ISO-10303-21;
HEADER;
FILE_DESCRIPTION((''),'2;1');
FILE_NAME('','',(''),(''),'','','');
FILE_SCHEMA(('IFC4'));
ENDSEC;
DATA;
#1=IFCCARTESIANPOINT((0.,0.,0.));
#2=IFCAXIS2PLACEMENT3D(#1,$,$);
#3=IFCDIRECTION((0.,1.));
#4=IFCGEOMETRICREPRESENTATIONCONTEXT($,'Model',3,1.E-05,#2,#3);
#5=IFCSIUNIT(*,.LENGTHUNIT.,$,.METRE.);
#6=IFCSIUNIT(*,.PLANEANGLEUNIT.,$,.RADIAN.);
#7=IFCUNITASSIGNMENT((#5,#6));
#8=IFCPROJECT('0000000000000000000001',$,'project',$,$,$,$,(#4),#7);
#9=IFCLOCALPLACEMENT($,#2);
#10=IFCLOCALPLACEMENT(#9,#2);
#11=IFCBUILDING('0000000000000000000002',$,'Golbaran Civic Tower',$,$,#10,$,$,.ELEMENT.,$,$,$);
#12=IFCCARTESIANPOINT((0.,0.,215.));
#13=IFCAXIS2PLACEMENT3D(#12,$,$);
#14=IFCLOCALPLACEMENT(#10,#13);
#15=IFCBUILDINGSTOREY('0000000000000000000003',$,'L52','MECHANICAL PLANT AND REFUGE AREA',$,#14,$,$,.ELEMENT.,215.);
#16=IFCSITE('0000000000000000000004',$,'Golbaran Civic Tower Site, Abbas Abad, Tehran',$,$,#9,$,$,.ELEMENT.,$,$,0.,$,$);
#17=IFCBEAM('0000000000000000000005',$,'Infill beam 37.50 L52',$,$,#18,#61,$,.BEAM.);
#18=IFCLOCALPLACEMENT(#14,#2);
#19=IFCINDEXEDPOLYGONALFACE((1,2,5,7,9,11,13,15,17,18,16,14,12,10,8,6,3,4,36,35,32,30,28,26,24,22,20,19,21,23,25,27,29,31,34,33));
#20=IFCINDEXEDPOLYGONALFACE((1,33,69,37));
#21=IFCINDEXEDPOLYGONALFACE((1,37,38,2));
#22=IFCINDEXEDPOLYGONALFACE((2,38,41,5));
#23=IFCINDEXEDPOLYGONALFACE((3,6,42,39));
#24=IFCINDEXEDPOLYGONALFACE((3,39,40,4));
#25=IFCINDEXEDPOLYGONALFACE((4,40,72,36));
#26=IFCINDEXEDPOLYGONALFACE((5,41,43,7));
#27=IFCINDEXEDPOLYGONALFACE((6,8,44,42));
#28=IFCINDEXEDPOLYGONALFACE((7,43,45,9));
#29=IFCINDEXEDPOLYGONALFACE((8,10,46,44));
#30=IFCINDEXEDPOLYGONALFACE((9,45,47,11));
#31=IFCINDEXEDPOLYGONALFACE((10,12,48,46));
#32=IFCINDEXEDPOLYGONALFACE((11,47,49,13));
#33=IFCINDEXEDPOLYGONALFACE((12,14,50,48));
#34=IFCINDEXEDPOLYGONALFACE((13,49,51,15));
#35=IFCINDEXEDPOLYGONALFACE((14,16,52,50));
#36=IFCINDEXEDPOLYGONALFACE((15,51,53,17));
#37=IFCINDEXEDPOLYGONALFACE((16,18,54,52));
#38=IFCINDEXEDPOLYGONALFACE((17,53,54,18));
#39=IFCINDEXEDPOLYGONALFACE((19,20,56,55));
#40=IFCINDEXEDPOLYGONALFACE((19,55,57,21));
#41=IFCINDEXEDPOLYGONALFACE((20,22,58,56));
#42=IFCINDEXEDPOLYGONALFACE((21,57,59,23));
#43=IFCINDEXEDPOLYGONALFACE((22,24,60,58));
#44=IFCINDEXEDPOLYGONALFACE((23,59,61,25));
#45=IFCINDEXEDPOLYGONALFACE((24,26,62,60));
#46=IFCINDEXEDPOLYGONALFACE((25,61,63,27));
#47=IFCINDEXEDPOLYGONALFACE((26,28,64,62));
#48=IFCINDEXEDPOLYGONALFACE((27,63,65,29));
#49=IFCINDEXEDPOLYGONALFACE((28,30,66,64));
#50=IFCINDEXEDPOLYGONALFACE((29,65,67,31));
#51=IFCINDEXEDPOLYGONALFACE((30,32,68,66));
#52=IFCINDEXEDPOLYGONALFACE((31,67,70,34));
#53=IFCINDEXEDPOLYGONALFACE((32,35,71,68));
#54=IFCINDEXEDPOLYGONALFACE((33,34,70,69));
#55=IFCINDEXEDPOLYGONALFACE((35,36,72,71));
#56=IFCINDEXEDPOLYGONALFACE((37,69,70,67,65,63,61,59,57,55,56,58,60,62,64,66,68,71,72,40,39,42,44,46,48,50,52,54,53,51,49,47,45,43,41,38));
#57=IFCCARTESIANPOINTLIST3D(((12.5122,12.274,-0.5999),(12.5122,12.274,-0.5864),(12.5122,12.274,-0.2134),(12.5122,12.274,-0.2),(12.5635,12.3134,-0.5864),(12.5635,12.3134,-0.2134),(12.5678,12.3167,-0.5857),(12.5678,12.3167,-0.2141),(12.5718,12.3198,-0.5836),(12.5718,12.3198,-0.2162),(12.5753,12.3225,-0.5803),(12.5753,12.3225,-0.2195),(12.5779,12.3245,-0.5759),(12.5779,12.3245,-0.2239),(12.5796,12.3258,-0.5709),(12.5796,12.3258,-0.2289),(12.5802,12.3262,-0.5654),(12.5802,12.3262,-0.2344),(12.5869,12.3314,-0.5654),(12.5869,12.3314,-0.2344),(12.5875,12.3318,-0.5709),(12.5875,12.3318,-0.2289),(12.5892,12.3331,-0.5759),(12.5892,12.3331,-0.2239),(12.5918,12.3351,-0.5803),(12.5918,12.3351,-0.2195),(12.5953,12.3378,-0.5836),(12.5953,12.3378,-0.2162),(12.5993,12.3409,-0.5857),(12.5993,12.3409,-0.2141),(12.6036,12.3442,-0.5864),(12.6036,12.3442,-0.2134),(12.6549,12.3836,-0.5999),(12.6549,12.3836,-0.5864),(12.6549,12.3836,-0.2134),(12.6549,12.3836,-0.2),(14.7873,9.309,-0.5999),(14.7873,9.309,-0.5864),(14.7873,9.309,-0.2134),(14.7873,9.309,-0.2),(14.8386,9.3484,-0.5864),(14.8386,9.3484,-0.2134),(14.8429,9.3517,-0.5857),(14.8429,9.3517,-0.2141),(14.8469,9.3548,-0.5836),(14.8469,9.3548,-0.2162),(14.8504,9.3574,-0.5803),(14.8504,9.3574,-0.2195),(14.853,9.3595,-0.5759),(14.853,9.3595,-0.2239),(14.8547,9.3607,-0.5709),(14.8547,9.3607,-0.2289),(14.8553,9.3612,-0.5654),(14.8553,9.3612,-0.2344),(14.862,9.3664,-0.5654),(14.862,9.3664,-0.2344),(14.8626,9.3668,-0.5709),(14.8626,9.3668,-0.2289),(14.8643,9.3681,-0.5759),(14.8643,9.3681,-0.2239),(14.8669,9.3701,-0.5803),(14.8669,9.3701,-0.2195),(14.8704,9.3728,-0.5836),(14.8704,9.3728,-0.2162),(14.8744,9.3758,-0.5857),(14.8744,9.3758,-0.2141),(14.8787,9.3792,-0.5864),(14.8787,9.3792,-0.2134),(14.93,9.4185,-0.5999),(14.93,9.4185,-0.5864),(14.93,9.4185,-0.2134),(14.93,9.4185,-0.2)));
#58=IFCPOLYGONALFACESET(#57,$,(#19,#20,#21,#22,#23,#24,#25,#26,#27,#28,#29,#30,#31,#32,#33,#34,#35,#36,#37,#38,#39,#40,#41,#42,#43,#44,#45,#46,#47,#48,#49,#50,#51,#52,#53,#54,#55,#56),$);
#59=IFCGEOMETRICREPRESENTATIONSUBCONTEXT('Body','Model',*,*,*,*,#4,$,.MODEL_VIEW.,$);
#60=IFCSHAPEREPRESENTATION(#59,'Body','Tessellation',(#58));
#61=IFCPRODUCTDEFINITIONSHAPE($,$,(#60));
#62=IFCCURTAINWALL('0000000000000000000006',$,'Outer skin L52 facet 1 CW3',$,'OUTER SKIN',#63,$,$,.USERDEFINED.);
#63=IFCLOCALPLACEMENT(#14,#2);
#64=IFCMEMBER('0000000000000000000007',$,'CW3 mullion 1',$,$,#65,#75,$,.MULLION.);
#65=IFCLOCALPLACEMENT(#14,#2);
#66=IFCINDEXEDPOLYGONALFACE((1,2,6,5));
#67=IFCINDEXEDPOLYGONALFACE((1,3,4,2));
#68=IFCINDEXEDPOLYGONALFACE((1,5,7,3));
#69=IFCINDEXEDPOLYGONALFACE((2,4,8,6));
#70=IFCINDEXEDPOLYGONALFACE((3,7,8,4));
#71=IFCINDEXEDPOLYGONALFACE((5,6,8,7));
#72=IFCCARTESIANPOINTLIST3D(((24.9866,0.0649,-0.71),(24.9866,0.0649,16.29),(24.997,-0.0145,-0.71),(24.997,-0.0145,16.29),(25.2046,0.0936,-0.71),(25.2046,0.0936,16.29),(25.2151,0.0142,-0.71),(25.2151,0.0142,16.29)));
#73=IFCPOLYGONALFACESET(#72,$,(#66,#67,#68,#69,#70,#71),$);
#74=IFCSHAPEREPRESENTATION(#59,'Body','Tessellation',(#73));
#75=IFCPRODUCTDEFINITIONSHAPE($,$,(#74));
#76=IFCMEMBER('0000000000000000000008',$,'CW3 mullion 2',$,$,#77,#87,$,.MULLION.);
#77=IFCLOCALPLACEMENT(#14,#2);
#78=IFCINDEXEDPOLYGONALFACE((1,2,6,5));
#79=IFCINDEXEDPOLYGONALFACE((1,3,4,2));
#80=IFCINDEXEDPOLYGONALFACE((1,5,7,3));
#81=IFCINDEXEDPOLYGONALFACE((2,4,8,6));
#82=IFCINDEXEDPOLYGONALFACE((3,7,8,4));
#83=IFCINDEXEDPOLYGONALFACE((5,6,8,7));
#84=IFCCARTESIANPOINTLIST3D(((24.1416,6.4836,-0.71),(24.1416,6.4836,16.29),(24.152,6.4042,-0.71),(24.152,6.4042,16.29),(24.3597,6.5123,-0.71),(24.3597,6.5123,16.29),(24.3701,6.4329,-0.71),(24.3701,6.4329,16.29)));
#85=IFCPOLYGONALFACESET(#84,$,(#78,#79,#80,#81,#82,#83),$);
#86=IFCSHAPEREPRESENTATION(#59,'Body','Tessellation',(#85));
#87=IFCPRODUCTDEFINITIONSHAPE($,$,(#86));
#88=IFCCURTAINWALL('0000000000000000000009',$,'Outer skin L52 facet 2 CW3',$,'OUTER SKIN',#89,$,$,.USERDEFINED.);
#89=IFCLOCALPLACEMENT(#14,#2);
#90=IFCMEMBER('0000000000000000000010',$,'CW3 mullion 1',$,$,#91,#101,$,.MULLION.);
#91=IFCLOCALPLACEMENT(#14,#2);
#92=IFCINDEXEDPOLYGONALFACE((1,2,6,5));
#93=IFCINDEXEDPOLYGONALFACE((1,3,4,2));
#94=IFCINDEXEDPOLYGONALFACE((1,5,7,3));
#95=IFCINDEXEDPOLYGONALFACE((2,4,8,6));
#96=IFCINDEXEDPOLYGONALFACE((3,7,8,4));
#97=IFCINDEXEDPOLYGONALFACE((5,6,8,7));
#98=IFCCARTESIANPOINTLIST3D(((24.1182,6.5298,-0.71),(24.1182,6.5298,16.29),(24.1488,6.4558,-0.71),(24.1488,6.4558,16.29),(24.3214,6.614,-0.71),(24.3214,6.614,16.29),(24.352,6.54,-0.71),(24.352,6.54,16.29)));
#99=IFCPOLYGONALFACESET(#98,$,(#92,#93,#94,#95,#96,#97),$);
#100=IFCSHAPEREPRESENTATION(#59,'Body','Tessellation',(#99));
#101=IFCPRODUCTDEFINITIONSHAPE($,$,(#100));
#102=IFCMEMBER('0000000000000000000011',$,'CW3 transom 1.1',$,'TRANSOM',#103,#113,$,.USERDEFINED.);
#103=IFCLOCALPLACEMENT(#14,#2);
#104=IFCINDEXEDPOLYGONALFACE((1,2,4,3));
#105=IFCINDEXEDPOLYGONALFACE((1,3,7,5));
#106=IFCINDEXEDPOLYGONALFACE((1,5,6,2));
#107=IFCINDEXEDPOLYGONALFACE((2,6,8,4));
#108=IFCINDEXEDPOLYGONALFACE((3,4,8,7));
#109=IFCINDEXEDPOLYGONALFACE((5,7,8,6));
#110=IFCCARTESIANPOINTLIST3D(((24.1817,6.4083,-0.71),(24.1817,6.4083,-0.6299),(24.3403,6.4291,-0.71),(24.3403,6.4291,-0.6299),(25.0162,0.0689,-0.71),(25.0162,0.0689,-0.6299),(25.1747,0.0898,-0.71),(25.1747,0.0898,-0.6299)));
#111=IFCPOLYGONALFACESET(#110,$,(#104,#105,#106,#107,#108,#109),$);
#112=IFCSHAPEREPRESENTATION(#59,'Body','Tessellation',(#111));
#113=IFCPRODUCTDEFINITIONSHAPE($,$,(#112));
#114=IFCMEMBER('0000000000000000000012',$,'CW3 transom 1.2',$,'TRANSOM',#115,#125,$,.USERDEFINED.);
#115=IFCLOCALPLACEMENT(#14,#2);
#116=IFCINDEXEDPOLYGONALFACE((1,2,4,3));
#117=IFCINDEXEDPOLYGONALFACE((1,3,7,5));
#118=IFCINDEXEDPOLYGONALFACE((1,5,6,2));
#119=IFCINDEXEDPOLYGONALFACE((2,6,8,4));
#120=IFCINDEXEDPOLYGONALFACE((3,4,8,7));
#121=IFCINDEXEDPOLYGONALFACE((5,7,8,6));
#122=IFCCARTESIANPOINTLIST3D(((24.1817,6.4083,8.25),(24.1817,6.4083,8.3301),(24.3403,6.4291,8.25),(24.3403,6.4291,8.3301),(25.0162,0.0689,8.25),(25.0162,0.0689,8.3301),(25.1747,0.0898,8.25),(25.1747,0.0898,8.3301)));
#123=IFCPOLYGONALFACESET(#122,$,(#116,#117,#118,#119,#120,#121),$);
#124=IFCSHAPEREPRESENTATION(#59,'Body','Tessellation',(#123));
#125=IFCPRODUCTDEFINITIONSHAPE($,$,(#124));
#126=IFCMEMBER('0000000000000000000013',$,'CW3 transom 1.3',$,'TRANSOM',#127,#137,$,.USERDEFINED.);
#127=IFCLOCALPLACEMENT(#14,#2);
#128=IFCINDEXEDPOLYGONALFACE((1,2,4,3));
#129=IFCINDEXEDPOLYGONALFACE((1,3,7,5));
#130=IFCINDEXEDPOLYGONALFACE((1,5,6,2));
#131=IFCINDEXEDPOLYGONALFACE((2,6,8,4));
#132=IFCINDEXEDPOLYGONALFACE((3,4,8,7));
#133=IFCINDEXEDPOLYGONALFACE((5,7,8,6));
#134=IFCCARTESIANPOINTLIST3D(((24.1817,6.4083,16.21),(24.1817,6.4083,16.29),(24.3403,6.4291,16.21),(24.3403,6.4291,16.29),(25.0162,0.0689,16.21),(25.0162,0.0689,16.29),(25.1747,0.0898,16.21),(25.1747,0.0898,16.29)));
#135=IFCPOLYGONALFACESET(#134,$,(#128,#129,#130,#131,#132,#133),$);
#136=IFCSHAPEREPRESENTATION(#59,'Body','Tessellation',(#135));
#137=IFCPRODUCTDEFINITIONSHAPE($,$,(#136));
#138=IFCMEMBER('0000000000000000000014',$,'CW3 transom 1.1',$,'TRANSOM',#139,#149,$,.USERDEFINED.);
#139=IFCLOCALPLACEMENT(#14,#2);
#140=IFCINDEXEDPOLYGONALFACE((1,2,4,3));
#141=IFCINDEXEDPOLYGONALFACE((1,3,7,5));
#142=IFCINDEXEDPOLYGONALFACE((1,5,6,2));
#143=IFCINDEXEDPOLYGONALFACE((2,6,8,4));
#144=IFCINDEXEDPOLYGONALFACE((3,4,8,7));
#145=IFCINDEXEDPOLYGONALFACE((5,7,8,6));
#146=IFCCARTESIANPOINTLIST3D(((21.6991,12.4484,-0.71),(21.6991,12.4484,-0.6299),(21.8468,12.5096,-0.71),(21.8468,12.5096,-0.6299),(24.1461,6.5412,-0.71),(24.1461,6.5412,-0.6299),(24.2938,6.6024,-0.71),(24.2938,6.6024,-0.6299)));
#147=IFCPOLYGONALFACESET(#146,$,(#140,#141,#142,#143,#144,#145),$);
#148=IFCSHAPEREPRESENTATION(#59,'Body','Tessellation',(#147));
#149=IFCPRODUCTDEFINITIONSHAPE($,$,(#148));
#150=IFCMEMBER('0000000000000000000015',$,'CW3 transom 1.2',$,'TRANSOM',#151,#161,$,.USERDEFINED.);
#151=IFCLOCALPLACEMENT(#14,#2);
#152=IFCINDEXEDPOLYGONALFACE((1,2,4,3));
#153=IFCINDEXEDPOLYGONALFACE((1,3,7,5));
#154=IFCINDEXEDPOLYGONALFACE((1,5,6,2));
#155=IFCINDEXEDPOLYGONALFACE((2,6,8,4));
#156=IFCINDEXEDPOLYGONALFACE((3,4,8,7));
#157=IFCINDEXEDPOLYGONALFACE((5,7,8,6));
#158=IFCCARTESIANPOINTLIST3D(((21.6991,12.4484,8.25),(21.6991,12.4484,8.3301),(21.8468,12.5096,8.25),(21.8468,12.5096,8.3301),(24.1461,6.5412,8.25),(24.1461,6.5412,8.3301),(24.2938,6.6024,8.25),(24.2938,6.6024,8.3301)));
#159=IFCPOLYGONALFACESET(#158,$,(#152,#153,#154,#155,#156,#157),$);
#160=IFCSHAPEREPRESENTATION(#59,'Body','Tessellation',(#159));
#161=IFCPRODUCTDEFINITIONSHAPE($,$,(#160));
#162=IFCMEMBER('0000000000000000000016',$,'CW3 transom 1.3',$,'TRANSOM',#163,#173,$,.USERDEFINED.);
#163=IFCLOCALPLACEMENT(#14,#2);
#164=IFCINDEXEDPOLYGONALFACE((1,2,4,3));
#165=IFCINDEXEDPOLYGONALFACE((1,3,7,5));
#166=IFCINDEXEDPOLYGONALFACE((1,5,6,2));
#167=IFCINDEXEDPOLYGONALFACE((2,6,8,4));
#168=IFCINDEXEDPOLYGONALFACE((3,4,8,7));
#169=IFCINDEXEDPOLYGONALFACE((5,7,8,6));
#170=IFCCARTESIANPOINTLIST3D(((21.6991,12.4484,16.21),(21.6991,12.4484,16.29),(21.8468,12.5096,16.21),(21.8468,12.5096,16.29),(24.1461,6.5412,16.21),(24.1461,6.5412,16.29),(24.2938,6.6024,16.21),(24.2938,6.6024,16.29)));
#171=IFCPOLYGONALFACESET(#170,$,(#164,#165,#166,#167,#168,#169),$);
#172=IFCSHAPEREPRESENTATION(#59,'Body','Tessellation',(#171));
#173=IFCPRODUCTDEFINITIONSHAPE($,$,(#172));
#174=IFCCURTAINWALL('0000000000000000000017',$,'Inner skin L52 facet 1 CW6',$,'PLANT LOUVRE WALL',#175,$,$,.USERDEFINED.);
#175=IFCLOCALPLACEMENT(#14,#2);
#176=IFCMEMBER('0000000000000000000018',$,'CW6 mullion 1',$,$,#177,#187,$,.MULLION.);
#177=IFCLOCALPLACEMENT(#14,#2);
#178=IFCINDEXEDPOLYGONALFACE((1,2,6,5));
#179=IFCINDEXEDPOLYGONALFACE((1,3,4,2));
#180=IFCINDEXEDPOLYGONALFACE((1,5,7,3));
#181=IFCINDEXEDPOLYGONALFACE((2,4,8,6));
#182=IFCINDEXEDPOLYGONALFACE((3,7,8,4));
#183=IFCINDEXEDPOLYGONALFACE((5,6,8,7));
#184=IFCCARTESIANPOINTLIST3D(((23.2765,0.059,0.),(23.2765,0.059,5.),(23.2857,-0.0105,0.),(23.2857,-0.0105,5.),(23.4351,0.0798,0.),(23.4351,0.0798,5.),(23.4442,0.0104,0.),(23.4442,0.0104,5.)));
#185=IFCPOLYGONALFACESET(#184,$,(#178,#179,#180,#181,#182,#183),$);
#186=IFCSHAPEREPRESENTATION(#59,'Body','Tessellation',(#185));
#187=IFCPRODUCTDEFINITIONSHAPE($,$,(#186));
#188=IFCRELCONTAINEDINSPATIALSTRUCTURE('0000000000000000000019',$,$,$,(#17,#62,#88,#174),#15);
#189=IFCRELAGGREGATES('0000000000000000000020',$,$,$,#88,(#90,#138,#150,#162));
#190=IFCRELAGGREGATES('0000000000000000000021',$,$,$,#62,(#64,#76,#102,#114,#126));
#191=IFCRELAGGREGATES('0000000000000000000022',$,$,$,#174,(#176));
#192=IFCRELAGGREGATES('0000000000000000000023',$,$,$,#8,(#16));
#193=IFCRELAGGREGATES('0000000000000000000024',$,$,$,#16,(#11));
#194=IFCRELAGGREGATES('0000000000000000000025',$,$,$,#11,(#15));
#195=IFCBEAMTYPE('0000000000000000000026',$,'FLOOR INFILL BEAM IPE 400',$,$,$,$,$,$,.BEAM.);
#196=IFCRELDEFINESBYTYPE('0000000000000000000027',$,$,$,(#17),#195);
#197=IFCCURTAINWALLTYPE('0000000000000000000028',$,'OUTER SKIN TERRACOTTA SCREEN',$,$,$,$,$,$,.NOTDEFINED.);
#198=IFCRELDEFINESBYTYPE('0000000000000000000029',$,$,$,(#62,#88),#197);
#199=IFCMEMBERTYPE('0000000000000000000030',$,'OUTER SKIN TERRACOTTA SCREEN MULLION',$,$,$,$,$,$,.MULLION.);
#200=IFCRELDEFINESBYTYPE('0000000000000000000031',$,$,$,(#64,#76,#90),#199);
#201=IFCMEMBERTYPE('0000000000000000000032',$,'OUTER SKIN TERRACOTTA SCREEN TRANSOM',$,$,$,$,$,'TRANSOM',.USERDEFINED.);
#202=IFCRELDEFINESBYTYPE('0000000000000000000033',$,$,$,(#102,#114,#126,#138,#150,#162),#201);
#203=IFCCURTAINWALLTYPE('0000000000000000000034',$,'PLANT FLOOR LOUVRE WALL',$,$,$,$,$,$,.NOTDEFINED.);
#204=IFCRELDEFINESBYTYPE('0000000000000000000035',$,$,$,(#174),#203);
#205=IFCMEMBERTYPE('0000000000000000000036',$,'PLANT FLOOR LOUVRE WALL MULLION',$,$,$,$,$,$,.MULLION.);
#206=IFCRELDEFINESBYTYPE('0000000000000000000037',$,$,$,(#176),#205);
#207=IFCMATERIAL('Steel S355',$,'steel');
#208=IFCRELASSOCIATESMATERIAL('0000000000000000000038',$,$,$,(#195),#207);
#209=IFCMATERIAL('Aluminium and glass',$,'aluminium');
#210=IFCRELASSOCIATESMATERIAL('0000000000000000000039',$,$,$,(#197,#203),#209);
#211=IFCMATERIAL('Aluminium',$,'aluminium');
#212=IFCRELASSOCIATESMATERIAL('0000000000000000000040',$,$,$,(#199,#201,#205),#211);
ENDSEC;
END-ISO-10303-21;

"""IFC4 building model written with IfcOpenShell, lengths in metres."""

from ifc_helpers import new_model, si_unit, direction, frame, origin, origin_2d, place, context, subcontext, project, spatial, rectangle, i_section, extrude, material, material_profile, profile_set, type_object, element, aggregate, save


model = new_model("IFC4")

# Units and contexts
model_context = context("Model", 3, precision=1e-05, world=origin(), true_north=direction((0.0, 1.0)))
body_context = subcontext(model_context, "Body", "Model", "MODEL_VIEW")
ifc_project = project(units=[si_unit("LENGTHUNIT", "METRE"), si_unit("PLANEANGLEUNIT", "RADIAN")], contexts=[model_context])

# Site, building, storey
site_placement = place(None, origin())
site = spatial("IfcSite", under=ifc_project, at=site_placement, Name="Golbaran Civic Tower Site, Abbas Abad, Tehran", CompositionType="ELEMENT", RefElevation=0.0)
building_placement = place(site_placement, origin())
building = spatial("IfcBuilding", under=site, at=building_placement, Name="Golbaran Civic Tower", CompositionType="ELEMENT")
storey_placement = place(building_placement, frame((0.0, 0.0, 215.0)))
storey = spatial("IfcBuildingStorey", under=building, at=storey_placement, Name="L52", Description="MECHANICAL PLANT AND REFUGE AREA", CompositionType="ELEMENT", Elevation=215.0)

# Shared definitions
ifc_material_1 = material(Name="Steel S355", Category="steel")

# Beam
ifc_material_profile_1 = material_profile(ifc_material_1, i_section(OverallWidth=0.1799, OverallDepth=0.3999, WebThickness=0.0085, FlangeThickness=0.0134, FilletRadius=0.021, at=origin_2d()), Name="IPE 400")
ifc_profile_set_1 = profile_set([ifc_material_profile_1], Name="Steel S355")
beam_type_1 = type_object("IfcBeamType", Name="FLOOR INFILL BEAM IPE 400", PredefinedType="BEAM", material=ifc_profile_set_1)
beam_1_placement = place(storey_placement, frame((14.8586, 9.3638, -0.3999), z_axis=(-0.608754, 0.793359, 0.0), x_axis=(-0.793359, -0.608754, 0.0)))
element("IfcBeam", 1, at=beam_1_placement, inside=storey, type_object=beam_type_1, Name="Infill beam 37.50 L52", PredefinedType="BEAM", context=body_context, shape_type="SweptSolid", body=[
    extrude(i_section(OverallWidth=0.1799, OverallDepth=0.3999, WebThickness=0.0085, FlangeThickness=0.0134, FilletRadius=0.021, at=origin_2d()), origin(), (0.0, 0.0, 1.0), 3.7373),
])

# Curtain wall, members
ifc_material_2 = material(Name="Aluminium and glass", Category="aluminium")
curtain_wall_type_1 = type_object("IfcCurtainWallType", Name="OUTER SKIN TERRACOTTA SCREEN", PredefinedType="NOTDEFINED", material=ifc_material_2)
curtain_wall_1_placement = place(storey_placement, origin())
curtain_wall_1 = element("IfcCurtainWall", 2, at=curtain_wall_1_placement, inside=storey, type_object=curtain_wall_type_1, Name="Outer skin L52 facet 1 CW3", ObjectType="OUTER SKIN", PredefinedType="USERDEFINED")
ifc_material_3 = material(Name="Aluminium", Category="aluminium")
ifc_material_profile_2 = material_profile(ifc_material_3, rectangle(XDim=0.22, YDim=0.0801, at=origin_2d()), Name="OUTER SKIN TERRACOTTA SCREEN MULLION")
ifc_profile_set_2 = profile_set([ifc_material_profile_2], Name="Aluminium")
member_type_1 = type_object("IfcMemberType", Name="OUTER SKIN TERRACOTTA SCREEN MULLION", PredefinedType="MULLION", material=ifc_profile_set_2)
member_1_placement = place(storey_placement, frame((25.1008, 0.0396, -0.71), z_axis=(0.0, 0.0, 1.0), x_axis=(-0.991445, -0.130526, 0.0)))
member_1 = element("IfcMember", 3, at=member_1_placement, type_object=member_type_1, Name="CW3 mullion 1", PredefinedType="MULLION", context=body_context, shape_type="SweptSolid", body=[
    extrude(rectangle(XDim=0.22, YDim=0.0801, at=origin_2d()), origin(), (0.0, 0.0, 1.0), 17.0),
])
member_2_placement = place(storey_placement, frame((24.2559, 6.4583, -0.71), z_axis=(0.0, 0.0, 1.0), x_axis=(-0.991445, -0.130526, 0.0)))
member_2 = element("IfcMember", 4, at=member_2_placement, type_object=member_type_1, Name="CW3 mullion 2", PredefinedType="MULLION", context=body_context, shape_type="SweptSolid", body=[
    extrude(rectangle(XDim=0.22, YDim=0.0801, at=origin_2d()), origin(), (0.0, 0.0, 1.0), 17.0),
])

# Curtain wall, member
curtain_wall_2_placement = place(storey_placement, origin())
curtain_wall_2 = element("IfcCurtainWall", 5, at=curtain_wall_2_placement, inside=storey, type_object=curtain_wall_type_1, Name="Outer skin L52 facet 2 CW3", ObjectType="OUTER SKIN", PredefinedType="USERDEFINED")
member_3_placement = place(storey_placement, frame((24.2351, 6.5349, -0.71), z_axis=(0.0, 0.0, 1.0), x_axis=(-0.92388, -0.382683, 0.0)))
member_3 = element("IfcMember", 6, at=member_3_placement, type_object=member_type_1, Name="CW3 mullion 1", PredefinedType="MULLION", context=body_context, shape_type="SweptSolid", body=[
    extrude(rectangle(XDim=0.22, YDim=0.0801, at=origin_2d()), origin(), (0.0, 0.0, 1.0), 17.0),
])

# Members
ifc_material_profile_3 = material_profile(ifc_material_3, rectangle(XDim=0.1599, YDim=0.0801, at=origin_2d()), Name="OUTER SKIN TERRACOTTA SCREEN TRANSOM")
ifc_profile_set_3 = profile_set([ifc_material_profile_3], Name="Aluminium")
member_type_2 = type_object("IfcMemberType", Name="OUTER SKIN TERRACOTTA SCREEN TRANSOM", ElementType="TRANSOM", PredefinedType="USERDEFINED", material=ifc_profile_set_3)
member_4_placement = place(storey_placement, frame((25.0955, 0.0793, -0.6699), z_axis=(-0.130508, 0.991447, 0.0), x_axis=(-0.991447, -0.130508, 0.0)))
member_4 = element("IfcMember", 7, at=member_4_placement, type_object=member_type_2, Name="CW3 transom 1.1", ObjectType="TRANSOM", PredefinedType="USERDEFINED", context=body_context, shape_type="SweptSolid", body=[
    extrude(rectangle(XDim=0.1599, YDim=0.0801, at=origin_2d()), origin(), (0.0, 0.0, 1.0), 6.394),
])
member_5_placement = place(storey_placement, frame((25.0955, 0.0793, 8.29), z_axis=(-0.130508, 0.991447, 0.0), x_axis=(-0.991447, -0.130508, 0.0)))
member_5 = element("IfcMember", 8, at=member_5_placement, type_object=member_type_2, Name="CW3 transom 1.2", ObjectType="TRANSOM", PredefinedType="USERDEFINED", context=body_context, shape_type="SweptSolid", body=[
    extrude(rectangle(XDim=0.1599, YDim=0.0801, at=origin_2d()), origin(), (0.0, 0.0, 1.0), 6.394),
])
member_6_placement = place(storey_placement, frame((25.0955, 0.0793, 16.25), z_axis=(-0.130508, 0.991447, 0.0), x_axis=(-0.991447, -0.130508, 0.0)))
member_6 = element("IfcMember", 9, at=member_6_placement, type_object=member_type_2, Name="CW3 transom 1.3", ObjectType="TRANSOM", PredefinedType="USERDEFINED", context=body_context, shape_type="SweptSolid", body=[
    extrude(rectangle(XDim=0.1599, YDim=0.0801, at=origin_2d()), origin(), (0.0, 0.0, 1.0), 6.394),
])
member_7_placement = place(storey_placement, frame((24.22, 6.5718, -0.6699), z_axis=(-0.382706, 0.92387, 0.0), x_axis=(-0.92387, -0.382706, 0.0)))
member_7 = element("IfcMember", 10, at=member_7_placement, type_object=member_type_2, Name="CW3 transom 1.1", ObjectType="TRANSOM", PredefinedType="USERDEFINED", context=body_context, shape_type="SweptSolid", body=[
    extrude(rectangle(XDim=0.1599, YDim=0.0801, at=origin_2d()), origin(), (0.0, 0.0, 1.0), 6.394),
])
member_8_placement = place(storey_placement, frame((24.22, 6.5718, 8.29), z_axis=(-0.382706, 0.92387, 0.0), x_axis=(-0.92387, -0.382706, 0.0)))
member_8 = element("IfcMember", 11, at=member_8_placement, type_object=member_type_2, Name="CW3 transom 1.2", ObjectType="TRANSOM", PredefinedType="USERDEFINED", context=body_context, shape_type="SweptSolid", body=[
    extrude(rectangle(XDim=0.1599, YDim=0.0801, at=origin_2d()), origin(), (0.0, 0.0, 1.0), 6.394),
])
member_9_placement = place(storey_placement, frame((24.22, 6.5718, 16.25), z_axis=(-0.382706, 0.92387, 0.0), x_axis=(-0.92387, -0.382706, 0.0)))
member_9 = element("IfcMember", 12, at=member_9_placement, type_object=member_type_2, Name="CW3 transom 1.3", ObjectType="TRANSOM", PredefinedType="USERDEFINED", context=body_context, shape_type="SweptSolid", body=[
    extrude(rectangle(XDim=0.1599, YDim=0.0801, at=origin_2d()), origin(), (0.0, 0.0, 1.0), 6.394),
])

# Curtain wall, member
curtain_wall_type_2 = type_object("IfcCurtainWallType", Name="PLANT FLOOR LOUVRE WALL", PredefinedType="NOTDEFINED", material=ifc_material_2)
curtain_wall_3_placement = place(storey_placement, origin())
curtain_wall_3 = element("IfcCurtainWall", 13, at=curtain_wall_3_placement, inside=storey, type_object=curtain_wall_type_2, Name="Inner skin L52 facet 1 CW6", ObjectType="PLANT LOUVRE WALL", PredefinedType="USERDEFINED")
ifc_material_profile_4 = material_profile(ifc_material_3, rectangle(XDim=0.1599, YDim=0.0701, at=origin_2d()), Name="PLANT FLOOR LOUVRE WALL MULLION")
ifc_profile_set_4 = profile_set([ifc_material_profile_4], Name="Aluminium")
member_type_3 = type_object("IfcMemberType", Name="PLANT FLOOR LOUVRE WALL MULLION", PredefinedType="MULLION", material=ifc_profile_set_4)
member_10_placement = place(storey_placement, frame((23.3604, 0.0347, 0.0), z_axis=(0.0, 0.0, 1.0), x_axis=(-0.991445, -0.130526, 0.0)))
member_10 = element("IfcMember", 14, at=member_10_placement, type_object=member_type_3, Name="CW6 mullion 1", PredefinedType="MULLION", context=body_context, shape_type="SweptSolid", body=[
    extrude(rectangle(XDim=0.1599, YDim=0.0701, at=origin_2d()), origin(), (0.0, 0.0, 1.0), 5.0),
])

aggregate(curtain_wall_2, [member_3, member_7, member_8, member_9])
aggregate(curtain_wall_1, [member_1, member_2, member_4, member_5, member_6])
aggregate(curtain_wall_3, [member_10])

save(model, "model.ifc")
